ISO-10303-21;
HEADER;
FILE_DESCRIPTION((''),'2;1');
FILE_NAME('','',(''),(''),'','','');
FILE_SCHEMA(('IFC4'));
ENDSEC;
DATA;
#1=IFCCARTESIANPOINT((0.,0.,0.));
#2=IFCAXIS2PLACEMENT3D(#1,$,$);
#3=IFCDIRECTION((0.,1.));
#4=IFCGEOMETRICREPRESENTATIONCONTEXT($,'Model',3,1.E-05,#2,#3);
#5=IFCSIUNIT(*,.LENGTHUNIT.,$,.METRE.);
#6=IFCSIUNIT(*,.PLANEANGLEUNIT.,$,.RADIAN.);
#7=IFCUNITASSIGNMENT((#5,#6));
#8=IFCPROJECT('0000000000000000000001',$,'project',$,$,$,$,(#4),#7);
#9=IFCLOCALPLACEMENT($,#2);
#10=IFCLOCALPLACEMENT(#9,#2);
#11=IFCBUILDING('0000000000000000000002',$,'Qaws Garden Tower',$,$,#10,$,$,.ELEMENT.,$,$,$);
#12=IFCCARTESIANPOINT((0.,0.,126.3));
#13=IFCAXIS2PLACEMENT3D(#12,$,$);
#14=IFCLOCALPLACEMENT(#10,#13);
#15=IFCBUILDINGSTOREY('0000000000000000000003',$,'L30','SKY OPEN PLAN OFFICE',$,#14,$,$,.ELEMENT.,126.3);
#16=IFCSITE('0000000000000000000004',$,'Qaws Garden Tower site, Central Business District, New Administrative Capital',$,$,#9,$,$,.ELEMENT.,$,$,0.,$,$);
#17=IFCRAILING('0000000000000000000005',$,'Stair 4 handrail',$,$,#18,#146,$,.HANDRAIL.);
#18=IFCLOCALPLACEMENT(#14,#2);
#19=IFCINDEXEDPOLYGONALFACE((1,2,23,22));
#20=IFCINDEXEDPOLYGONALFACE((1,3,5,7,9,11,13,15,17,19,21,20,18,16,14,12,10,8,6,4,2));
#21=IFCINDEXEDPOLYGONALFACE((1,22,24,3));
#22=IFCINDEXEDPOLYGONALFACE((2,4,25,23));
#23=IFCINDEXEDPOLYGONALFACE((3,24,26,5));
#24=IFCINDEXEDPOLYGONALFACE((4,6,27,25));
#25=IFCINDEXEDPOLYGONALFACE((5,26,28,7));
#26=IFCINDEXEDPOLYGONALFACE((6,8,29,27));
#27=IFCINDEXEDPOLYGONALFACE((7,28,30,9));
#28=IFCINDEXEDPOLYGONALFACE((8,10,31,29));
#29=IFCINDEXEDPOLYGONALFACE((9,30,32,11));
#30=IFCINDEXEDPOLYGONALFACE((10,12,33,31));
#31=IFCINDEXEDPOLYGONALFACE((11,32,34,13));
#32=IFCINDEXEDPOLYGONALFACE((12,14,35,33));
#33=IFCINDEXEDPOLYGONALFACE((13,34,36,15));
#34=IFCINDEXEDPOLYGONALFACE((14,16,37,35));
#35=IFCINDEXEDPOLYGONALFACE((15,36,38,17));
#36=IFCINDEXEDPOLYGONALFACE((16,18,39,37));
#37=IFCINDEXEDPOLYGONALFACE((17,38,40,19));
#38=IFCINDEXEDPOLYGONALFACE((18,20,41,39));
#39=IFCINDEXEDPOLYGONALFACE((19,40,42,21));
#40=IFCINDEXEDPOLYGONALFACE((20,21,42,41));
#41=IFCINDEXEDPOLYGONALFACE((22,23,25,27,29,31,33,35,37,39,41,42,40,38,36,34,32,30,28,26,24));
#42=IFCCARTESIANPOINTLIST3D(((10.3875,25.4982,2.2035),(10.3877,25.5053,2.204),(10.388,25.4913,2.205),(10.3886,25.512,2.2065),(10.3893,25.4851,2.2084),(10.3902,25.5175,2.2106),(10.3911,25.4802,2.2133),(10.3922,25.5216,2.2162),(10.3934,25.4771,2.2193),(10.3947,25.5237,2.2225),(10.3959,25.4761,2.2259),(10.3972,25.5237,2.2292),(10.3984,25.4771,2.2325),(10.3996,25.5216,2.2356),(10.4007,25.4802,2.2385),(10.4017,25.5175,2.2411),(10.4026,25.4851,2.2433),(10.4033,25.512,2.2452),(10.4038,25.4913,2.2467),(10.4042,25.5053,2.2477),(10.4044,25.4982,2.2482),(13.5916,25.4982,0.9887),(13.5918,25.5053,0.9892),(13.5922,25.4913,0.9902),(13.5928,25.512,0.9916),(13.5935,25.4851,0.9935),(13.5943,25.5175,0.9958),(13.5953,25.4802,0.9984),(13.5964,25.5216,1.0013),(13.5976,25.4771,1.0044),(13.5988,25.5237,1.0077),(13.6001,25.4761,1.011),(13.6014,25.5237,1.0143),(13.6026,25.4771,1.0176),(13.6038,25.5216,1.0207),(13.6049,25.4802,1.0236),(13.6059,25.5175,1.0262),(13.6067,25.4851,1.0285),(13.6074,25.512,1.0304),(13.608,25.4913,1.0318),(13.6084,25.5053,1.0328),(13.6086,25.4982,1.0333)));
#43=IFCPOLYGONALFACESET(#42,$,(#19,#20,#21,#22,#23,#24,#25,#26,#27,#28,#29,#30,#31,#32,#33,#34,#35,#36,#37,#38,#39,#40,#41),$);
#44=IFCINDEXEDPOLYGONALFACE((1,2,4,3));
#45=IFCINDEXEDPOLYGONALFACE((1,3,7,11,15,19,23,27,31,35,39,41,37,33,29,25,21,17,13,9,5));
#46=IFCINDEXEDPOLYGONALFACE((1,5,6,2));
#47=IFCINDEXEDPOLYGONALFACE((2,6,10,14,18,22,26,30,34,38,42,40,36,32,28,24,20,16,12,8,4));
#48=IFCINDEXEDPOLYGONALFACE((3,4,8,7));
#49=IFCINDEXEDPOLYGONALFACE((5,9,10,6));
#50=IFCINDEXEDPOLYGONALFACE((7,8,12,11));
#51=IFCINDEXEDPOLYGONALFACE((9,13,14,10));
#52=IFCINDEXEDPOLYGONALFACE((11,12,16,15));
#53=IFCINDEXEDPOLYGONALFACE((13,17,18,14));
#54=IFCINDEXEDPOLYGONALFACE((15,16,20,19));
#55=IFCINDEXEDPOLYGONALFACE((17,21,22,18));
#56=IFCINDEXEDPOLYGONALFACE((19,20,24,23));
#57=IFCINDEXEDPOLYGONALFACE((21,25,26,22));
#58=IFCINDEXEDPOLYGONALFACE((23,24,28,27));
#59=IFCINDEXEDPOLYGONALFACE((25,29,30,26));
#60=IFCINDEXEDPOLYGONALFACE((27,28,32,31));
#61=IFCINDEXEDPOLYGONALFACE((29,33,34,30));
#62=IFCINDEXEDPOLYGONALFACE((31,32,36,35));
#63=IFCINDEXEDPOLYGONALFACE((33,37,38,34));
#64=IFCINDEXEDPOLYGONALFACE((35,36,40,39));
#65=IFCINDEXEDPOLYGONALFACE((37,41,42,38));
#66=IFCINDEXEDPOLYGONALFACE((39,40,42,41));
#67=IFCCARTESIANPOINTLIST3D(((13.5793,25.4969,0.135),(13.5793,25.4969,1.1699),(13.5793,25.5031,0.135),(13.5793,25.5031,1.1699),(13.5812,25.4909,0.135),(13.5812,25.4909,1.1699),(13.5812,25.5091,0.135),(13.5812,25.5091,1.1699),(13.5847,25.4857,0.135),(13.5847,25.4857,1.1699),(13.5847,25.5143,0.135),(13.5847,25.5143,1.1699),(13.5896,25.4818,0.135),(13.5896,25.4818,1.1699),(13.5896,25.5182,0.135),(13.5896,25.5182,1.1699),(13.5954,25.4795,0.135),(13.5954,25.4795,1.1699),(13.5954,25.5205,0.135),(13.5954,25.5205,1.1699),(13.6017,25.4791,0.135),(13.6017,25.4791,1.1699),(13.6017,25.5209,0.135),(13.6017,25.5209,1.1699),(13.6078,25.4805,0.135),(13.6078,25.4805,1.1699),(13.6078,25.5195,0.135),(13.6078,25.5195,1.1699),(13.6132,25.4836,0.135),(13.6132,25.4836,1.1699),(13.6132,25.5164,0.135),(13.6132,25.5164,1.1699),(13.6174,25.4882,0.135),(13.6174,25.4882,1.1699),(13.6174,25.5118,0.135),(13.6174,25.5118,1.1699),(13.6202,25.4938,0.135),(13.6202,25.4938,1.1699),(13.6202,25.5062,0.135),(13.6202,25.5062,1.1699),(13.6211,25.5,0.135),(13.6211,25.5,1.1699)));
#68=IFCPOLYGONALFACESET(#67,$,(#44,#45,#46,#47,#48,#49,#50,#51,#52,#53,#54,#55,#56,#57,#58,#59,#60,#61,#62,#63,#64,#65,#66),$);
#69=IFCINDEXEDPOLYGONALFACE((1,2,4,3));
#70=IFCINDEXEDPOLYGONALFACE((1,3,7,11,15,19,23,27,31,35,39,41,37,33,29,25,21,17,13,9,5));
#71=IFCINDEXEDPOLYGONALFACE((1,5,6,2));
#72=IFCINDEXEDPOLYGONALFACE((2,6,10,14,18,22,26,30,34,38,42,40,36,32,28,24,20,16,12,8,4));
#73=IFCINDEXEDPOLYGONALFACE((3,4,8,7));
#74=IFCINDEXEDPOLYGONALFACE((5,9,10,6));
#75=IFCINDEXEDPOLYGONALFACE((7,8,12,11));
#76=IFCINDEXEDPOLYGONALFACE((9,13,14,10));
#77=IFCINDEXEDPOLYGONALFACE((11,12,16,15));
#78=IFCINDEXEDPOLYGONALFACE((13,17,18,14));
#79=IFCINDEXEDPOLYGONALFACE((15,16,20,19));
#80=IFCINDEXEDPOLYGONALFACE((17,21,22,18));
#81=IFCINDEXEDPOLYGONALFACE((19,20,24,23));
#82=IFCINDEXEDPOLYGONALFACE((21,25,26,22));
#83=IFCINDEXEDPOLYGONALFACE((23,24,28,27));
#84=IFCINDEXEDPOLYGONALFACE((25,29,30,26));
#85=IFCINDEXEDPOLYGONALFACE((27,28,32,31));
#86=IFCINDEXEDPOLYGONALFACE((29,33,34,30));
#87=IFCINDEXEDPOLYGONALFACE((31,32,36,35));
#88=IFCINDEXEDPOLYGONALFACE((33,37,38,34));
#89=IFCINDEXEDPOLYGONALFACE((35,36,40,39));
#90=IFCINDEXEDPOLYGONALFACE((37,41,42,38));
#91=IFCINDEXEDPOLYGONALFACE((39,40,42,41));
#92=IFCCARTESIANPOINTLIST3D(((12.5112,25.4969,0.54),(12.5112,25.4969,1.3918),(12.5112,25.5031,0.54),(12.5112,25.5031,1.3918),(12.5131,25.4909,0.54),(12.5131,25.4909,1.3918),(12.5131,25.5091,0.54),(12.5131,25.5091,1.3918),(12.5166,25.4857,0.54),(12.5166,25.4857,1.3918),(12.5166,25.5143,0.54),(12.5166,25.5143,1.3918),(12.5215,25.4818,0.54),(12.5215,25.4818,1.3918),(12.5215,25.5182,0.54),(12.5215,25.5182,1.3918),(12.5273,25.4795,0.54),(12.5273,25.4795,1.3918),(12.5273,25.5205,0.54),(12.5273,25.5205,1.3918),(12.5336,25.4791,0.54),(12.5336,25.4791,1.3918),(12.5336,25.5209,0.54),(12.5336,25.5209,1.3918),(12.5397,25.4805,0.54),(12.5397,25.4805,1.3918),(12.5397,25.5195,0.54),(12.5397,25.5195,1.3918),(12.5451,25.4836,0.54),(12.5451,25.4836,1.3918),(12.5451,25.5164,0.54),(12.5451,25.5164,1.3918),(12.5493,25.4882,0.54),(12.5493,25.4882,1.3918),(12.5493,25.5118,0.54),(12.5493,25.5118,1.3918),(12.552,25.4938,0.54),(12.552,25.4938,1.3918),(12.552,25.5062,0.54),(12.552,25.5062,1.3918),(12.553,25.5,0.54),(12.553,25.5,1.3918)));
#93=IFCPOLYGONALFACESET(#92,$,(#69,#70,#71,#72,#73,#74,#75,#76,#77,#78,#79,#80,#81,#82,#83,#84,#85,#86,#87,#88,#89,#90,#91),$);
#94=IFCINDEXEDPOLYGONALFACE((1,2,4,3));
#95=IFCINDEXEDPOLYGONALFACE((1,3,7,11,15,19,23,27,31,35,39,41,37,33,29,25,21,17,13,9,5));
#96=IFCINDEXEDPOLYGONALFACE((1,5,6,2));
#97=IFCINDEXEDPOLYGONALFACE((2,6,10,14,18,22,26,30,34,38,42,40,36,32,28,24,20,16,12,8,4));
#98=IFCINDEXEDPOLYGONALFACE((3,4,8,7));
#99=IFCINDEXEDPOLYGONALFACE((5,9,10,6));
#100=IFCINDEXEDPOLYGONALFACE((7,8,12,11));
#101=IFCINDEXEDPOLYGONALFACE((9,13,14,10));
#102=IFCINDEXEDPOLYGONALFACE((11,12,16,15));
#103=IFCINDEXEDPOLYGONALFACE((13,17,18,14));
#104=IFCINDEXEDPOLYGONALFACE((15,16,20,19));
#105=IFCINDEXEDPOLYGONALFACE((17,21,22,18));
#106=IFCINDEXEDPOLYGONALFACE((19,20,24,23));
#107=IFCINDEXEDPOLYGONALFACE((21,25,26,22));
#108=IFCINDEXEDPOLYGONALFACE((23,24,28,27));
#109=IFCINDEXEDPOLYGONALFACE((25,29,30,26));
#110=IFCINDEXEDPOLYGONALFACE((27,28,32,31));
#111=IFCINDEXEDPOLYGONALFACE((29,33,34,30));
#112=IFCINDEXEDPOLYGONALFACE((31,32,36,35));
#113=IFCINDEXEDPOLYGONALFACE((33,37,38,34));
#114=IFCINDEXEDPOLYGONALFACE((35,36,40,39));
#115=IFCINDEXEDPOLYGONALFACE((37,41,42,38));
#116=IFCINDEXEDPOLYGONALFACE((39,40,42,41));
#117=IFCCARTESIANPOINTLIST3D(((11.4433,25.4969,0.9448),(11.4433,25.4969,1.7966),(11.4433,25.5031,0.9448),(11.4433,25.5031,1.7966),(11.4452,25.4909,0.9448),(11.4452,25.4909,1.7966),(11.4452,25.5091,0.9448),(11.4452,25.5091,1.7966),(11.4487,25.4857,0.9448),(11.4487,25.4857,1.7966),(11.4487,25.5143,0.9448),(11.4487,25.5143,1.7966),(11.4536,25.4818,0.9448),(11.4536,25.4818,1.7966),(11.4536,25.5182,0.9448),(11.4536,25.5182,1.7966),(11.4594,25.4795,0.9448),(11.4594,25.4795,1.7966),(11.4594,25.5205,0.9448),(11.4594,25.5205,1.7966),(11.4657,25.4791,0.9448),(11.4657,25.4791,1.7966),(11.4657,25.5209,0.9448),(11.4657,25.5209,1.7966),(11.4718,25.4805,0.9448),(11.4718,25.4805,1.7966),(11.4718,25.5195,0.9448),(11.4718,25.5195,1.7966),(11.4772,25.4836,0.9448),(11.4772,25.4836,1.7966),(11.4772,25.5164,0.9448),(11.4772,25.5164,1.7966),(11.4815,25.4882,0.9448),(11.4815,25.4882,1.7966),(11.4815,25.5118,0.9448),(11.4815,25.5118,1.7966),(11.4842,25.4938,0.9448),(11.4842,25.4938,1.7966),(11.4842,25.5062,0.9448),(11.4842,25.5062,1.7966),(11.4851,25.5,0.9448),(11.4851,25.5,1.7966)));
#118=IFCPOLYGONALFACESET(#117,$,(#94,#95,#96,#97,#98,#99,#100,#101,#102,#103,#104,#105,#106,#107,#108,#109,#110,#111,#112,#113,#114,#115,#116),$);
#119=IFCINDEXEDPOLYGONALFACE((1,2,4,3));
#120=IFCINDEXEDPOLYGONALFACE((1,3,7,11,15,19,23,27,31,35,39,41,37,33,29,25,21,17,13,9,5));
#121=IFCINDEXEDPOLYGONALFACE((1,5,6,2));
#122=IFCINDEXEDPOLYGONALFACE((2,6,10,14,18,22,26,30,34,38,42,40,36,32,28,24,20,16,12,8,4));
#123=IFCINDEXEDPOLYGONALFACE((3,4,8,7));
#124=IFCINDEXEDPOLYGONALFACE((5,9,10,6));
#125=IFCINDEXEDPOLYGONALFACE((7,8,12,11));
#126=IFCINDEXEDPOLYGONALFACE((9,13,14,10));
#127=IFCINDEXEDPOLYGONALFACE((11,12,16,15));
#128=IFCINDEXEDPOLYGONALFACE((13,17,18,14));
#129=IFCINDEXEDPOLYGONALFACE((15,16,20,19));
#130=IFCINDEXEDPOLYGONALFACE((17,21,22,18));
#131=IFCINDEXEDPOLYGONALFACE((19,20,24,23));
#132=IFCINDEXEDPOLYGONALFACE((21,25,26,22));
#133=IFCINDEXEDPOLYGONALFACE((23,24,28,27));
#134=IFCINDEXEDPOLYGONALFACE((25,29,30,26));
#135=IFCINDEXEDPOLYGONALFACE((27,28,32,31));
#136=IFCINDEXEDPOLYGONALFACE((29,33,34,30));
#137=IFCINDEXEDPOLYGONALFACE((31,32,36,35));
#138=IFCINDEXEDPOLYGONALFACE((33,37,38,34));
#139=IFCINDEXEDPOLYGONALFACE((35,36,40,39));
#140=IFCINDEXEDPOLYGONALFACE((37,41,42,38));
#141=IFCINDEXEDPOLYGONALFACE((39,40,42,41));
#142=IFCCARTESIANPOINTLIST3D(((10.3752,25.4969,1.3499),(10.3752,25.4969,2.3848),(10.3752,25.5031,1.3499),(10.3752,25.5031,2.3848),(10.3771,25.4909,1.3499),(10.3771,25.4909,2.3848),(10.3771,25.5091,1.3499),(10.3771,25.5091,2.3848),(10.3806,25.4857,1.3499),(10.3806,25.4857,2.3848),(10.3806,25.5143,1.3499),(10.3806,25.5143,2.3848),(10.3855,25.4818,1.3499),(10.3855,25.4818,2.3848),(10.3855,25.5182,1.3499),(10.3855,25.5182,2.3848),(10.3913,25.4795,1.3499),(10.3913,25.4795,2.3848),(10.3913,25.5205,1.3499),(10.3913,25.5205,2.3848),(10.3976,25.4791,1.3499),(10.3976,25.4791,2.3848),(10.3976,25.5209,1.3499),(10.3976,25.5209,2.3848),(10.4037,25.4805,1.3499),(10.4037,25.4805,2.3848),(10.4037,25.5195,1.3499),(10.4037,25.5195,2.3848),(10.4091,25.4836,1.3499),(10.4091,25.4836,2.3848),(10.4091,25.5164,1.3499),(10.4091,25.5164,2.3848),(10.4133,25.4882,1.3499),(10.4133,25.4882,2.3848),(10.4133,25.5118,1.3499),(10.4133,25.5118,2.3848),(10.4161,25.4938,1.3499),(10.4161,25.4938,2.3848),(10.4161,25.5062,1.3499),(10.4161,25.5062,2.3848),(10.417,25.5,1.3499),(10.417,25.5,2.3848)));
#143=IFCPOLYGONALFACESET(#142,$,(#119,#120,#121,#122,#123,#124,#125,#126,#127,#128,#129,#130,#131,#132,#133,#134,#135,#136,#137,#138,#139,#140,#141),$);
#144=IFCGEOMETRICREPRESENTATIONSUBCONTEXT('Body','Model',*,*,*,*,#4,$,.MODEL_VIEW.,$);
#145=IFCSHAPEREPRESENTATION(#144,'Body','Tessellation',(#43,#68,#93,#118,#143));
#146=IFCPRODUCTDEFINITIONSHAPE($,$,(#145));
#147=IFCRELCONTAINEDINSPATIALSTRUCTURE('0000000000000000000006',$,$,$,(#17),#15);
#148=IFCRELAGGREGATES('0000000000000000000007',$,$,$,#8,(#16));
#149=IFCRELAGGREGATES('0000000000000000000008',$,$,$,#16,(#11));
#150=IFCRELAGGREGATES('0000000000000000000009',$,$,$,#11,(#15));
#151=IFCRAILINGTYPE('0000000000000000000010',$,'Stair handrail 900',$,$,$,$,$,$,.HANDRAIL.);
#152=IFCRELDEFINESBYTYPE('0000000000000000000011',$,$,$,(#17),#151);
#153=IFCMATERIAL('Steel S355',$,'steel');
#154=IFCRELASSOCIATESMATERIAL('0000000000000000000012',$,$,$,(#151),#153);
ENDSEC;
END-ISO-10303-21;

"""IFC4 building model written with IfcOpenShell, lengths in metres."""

from ifc_helpers import new_model, si_unit, direction, frame, origin, origin_2d, place, context, subcontext, project, spatial, circle, extrude, material, type_object, element, save


model = new_model("IFC4")

# Units and contexts
model_context = context("Model", 3, precision=1e-05, world=origin(), true_north=direction((0.0, 1.0)))
body_context = subcontext(model_context, "Body", "Model", "MODEL_VIEW")
ifc_project = project(units=[si_unit("LENGTHUNIT", "METRE"), si_unit("PLANEANGLEUNIT", "RADIAN")], contexts=[model_context])

# Site, building, storey
site_placement = place(None, origin())
site = spatial("IfcSite", under=ifc_project, at=site_placement, Name="Qaws Garden Tower site, Central Business District, New Administrative Capital", CompositionType="ELEMENT", RefElevation=0.0)
building_placement = place(site_placement, origin())
building = spatial("IfcBuilding", under=site, at=building_placement, Name="Qaws Garden Tower", CompositionType="ELEMENT")
storey_placement = place(building_placement, frame((0.0, 0.0, 126.3)))
storey = spatial("IfcBuildingStorey", under=building, at=storey_placement, Name="L30", Description="SKY OPEN PLAN OFFICE", CompositionType="ELEMENT", Elevation=126.3)

# Railing
ifc_material_1 = material(Name="Steel S355", Category="steel")
railing_type = type_object("IfcRailingType", Name="Stair handrail 900", PredefinedType="HANDRAIL", material=ifc_material_1)
railing_1_placement = place(storey_placement, frame((13.6001, 25.5, 0.135)))
element("IfcRailing", 1, at=railing_1_placement, inside=storey, type_object=railing_type, Name="Stair 4 handrail", PredefinedType="HANDRAIL", context=body_context, shape_type="SweptSolid", body=[
    extrude(circle(Radius=0.0239, at=origin_2d()), frame((0.0, 0.0, 0.876), z_axis=(-0.935046, 0.0, 0.354525), x_axis=(0.0, -1.0, 0.0)), (0.0, 0.0, 1.0), 3.4268),
    extrude(circle(Radius=0.021, at=origin_2d()), origin(), (0.0, 0.0, 1.0), 1.0349),
    extrude(circle(Radius=0.021, at=origin_2d()), frame((-1.0681, 0.0, 0.405)), (0.0, 0.0, 1.0), 0.8518),
    extrude(circle(Radius=0.021, at=origin_2d()), frame((-2.136, 0.0, 0.8098)), (0.0, 0.0, 1.0), 0.8518),
    extrude(circle(Radius=0.021, at=origin_2d()), frame((-3.2041, 0.0, 1.2148)), (0.0, 0.0, 1.0), 1.0349),
])

save(model, "model.ifc")
